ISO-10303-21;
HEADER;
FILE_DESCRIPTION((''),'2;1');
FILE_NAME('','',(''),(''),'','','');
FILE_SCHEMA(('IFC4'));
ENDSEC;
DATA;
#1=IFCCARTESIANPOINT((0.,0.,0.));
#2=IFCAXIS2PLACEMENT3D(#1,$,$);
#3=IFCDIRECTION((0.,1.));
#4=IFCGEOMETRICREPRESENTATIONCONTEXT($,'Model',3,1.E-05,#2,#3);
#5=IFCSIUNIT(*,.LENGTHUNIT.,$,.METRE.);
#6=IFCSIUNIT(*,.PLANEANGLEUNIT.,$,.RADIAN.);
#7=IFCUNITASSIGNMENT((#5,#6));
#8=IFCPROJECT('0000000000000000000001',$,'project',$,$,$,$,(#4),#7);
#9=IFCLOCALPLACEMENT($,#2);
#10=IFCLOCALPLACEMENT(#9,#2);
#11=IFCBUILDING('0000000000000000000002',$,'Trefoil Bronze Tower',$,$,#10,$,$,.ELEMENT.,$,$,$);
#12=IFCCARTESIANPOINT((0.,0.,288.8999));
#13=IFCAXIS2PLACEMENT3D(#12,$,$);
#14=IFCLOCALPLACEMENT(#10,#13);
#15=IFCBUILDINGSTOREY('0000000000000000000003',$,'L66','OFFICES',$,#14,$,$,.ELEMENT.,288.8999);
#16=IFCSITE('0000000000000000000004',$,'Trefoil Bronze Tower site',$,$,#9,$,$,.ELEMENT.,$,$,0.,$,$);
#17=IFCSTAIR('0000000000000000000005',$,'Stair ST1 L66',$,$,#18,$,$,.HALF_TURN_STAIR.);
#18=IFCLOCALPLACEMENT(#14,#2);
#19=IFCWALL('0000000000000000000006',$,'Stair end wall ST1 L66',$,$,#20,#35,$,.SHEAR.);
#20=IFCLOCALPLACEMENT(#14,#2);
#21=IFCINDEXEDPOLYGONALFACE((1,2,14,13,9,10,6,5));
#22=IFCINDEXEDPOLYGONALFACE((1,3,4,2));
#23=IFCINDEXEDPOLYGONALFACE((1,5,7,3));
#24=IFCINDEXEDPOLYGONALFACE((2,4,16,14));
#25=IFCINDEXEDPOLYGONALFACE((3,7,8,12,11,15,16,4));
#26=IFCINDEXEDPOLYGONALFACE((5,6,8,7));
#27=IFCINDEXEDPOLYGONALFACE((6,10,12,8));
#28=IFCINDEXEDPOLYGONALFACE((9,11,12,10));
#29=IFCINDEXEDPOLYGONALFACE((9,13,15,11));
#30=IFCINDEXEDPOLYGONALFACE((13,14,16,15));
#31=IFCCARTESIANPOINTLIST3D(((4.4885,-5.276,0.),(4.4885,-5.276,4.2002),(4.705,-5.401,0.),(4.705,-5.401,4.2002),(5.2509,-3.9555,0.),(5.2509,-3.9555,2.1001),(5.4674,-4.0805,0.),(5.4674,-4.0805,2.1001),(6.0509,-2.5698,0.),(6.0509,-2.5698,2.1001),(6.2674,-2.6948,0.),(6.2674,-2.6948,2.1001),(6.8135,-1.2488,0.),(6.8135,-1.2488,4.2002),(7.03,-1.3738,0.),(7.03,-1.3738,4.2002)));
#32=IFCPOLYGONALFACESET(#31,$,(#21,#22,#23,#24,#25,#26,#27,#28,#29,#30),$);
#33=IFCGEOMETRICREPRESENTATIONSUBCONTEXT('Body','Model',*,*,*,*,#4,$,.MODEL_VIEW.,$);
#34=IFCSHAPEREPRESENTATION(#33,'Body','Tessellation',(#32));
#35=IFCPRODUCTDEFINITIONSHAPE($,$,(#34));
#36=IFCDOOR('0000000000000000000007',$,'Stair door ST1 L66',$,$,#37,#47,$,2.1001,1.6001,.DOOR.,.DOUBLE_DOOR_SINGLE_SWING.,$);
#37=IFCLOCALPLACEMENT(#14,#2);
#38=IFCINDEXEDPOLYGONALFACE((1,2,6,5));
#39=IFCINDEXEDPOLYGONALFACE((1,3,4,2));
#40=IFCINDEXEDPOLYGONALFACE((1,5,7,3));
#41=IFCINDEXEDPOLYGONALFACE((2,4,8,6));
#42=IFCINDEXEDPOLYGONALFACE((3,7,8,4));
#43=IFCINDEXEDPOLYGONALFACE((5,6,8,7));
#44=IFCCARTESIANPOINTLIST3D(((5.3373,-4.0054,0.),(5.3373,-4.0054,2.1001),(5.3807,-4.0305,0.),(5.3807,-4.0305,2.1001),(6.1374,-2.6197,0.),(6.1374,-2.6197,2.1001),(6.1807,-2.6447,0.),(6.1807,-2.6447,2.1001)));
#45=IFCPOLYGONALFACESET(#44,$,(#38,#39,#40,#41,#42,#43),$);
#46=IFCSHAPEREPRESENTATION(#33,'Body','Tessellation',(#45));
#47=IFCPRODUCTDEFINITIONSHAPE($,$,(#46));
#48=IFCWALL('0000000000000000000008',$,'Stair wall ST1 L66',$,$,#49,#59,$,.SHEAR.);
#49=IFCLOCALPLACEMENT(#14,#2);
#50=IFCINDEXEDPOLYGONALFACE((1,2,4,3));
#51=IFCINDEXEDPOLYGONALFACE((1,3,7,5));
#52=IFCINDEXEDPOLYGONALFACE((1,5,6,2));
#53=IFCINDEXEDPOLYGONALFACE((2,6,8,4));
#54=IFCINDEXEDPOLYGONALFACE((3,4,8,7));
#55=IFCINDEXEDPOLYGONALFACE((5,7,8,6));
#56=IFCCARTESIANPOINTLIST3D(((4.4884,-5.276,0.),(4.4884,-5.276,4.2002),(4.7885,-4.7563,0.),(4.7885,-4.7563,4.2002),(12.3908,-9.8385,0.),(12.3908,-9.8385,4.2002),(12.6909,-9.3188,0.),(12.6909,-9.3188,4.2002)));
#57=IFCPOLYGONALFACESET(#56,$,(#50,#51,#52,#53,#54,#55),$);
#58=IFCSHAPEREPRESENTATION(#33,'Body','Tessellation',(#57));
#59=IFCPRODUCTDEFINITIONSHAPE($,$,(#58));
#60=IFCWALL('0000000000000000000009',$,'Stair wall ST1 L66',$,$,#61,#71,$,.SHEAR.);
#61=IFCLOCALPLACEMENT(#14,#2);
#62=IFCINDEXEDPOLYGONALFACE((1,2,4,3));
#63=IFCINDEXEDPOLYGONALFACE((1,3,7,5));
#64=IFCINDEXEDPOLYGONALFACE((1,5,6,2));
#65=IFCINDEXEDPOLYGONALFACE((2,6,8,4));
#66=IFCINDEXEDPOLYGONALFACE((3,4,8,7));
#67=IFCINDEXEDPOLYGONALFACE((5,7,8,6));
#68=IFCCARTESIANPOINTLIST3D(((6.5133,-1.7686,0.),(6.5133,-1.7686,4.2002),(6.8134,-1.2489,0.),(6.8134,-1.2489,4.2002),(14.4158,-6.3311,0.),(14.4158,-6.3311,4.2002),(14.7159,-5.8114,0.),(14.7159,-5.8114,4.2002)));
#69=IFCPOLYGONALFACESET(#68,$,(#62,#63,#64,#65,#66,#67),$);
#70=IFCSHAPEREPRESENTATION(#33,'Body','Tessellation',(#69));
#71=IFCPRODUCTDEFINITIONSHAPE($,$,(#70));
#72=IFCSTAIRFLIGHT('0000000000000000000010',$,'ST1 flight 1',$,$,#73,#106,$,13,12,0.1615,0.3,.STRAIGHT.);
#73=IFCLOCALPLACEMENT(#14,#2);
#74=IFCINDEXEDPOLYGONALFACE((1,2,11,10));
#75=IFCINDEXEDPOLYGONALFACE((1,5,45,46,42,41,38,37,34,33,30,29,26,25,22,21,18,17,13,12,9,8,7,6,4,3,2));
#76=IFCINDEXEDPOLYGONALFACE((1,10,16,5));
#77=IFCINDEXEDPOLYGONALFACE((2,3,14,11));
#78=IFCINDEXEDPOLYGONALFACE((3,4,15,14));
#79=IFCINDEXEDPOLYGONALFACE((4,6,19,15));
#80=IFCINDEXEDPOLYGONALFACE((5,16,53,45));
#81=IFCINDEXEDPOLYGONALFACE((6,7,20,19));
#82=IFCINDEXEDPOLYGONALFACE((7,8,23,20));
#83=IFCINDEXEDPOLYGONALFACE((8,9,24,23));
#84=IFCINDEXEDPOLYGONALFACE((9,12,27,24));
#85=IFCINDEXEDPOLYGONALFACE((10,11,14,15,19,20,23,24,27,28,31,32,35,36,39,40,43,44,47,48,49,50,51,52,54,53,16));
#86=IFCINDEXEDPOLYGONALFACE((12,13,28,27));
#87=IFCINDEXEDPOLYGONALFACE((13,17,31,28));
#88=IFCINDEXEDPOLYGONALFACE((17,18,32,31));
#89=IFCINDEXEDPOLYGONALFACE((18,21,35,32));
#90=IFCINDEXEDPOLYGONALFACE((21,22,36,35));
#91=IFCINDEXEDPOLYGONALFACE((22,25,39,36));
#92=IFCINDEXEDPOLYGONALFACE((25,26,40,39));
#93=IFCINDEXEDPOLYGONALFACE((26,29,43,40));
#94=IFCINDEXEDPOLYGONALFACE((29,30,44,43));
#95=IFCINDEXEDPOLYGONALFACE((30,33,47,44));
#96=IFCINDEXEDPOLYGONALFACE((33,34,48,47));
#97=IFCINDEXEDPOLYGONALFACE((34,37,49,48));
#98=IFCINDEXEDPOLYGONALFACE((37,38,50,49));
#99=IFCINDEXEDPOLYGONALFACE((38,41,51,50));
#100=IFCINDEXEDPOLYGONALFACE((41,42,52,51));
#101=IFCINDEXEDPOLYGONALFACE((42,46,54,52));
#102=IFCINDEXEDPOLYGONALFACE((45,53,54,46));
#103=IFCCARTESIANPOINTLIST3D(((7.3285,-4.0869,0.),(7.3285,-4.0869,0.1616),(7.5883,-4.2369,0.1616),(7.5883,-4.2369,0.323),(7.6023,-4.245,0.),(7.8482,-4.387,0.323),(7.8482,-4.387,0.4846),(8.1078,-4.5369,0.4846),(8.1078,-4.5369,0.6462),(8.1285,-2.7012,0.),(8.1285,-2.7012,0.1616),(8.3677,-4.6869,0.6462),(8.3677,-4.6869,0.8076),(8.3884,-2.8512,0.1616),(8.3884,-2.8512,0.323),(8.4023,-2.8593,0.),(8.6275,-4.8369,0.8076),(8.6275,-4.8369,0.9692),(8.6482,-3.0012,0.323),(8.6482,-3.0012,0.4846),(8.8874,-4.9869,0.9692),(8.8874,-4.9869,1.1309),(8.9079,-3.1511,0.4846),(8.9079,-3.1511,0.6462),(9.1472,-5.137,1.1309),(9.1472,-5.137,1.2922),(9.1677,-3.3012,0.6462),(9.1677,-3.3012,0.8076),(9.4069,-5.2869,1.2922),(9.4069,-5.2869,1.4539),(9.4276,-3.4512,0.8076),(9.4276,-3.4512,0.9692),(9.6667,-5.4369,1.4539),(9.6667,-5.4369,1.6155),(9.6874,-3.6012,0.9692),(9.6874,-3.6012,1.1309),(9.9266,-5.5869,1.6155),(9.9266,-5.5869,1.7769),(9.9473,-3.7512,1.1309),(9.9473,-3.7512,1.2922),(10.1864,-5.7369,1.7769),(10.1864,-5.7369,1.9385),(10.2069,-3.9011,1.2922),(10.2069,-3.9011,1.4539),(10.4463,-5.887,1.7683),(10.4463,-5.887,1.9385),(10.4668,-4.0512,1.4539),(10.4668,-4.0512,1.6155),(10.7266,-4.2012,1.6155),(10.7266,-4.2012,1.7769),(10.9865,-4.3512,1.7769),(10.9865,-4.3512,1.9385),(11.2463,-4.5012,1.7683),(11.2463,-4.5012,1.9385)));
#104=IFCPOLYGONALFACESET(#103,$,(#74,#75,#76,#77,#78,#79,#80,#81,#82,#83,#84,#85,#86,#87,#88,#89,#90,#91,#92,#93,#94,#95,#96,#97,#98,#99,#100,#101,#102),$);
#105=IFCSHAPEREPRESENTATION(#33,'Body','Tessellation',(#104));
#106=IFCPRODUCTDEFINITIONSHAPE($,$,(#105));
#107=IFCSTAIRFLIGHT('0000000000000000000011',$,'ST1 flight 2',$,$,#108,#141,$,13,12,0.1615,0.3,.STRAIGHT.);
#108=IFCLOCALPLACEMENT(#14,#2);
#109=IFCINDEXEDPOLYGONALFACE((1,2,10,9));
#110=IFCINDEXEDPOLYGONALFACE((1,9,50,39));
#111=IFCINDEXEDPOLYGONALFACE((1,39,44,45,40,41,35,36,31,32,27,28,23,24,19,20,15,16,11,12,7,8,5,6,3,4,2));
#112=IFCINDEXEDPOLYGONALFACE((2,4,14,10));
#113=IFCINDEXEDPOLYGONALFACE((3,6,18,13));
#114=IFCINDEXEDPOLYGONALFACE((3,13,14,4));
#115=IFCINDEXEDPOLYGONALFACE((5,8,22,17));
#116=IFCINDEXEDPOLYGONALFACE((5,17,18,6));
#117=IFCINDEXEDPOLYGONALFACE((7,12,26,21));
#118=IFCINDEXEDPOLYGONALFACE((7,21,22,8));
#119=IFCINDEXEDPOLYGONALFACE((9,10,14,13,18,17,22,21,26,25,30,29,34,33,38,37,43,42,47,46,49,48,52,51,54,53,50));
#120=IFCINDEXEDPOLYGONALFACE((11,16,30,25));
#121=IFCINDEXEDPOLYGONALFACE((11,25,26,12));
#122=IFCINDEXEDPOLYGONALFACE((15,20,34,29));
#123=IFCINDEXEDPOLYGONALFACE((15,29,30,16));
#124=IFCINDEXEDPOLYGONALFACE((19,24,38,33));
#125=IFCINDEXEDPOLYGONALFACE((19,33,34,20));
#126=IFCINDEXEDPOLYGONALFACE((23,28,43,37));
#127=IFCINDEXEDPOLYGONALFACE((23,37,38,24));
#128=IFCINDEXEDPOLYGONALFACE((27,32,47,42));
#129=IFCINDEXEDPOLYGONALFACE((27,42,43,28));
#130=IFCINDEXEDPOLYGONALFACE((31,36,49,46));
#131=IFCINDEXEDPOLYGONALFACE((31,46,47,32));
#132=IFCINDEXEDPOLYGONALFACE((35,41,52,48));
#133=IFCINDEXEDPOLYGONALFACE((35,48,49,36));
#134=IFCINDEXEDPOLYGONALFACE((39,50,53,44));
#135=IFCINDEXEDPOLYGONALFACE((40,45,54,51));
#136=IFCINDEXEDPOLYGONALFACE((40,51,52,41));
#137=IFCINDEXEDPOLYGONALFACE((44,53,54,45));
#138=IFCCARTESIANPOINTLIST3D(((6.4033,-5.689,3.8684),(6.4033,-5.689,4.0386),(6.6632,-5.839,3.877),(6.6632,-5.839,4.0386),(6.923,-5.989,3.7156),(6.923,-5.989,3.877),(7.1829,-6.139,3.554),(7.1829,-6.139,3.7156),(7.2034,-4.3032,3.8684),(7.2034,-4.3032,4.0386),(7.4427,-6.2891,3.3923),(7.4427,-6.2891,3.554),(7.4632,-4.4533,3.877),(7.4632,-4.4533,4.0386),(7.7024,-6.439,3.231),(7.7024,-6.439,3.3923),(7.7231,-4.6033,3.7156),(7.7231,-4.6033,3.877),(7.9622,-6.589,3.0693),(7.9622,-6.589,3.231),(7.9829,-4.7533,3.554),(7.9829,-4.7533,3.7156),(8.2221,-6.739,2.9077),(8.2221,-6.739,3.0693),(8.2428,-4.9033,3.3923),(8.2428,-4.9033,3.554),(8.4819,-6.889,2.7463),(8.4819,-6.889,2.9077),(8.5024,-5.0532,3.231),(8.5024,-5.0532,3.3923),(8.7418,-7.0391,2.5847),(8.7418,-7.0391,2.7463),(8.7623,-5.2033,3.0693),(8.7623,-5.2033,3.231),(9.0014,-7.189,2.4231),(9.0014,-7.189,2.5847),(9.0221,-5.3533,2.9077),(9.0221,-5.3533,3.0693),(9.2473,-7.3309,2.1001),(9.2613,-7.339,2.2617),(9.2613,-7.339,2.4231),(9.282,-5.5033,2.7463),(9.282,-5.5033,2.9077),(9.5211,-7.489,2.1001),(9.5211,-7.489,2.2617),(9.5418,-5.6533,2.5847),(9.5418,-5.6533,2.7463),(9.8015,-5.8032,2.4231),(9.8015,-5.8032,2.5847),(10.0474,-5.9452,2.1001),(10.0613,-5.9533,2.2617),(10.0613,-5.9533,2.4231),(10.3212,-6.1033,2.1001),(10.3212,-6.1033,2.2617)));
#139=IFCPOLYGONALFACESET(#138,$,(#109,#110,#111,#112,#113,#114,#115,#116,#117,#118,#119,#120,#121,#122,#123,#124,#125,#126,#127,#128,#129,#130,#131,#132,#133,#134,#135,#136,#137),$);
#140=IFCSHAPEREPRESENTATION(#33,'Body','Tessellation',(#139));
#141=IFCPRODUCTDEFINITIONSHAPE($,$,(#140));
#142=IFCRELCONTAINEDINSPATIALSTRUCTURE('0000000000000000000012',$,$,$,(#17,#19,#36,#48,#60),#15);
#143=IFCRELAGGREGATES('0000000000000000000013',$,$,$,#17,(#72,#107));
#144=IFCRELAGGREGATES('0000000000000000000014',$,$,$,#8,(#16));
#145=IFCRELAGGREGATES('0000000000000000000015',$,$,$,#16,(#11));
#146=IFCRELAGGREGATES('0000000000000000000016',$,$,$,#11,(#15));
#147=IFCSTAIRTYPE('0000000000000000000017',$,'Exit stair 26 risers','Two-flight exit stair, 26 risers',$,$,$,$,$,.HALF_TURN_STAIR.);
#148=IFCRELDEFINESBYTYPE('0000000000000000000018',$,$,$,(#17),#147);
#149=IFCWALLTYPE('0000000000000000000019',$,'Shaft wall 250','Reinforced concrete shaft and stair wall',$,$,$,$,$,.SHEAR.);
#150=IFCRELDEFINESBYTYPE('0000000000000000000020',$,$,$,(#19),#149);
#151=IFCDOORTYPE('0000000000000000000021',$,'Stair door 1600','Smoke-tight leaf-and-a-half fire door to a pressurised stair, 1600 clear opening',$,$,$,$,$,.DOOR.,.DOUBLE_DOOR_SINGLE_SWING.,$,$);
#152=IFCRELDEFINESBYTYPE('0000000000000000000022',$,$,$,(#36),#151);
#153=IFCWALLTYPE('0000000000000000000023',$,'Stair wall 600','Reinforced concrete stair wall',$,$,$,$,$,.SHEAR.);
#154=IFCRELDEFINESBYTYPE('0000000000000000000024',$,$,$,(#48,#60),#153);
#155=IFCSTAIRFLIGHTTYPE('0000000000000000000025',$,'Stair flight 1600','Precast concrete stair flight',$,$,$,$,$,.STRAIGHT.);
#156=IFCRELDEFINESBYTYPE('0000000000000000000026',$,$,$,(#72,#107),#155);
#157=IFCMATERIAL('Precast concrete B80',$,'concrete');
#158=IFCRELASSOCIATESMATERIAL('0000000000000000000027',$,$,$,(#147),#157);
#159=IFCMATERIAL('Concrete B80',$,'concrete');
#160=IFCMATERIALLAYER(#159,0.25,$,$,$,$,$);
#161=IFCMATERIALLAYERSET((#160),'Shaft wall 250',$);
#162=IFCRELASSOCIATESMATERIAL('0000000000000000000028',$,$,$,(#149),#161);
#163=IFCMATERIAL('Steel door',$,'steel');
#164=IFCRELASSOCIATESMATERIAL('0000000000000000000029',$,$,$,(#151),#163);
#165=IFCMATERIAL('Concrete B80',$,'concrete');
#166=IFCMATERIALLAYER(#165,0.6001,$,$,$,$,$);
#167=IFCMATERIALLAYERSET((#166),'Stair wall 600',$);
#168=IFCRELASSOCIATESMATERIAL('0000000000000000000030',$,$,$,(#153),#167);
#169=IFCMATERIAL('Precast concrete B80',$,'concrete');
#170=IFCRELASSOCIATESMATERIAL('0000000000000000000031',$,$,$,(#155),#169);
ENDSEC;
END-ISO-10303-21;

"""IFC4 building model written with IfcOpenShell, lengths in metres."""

from ifc_helpers import new_model, si_unit, direction, frame, frame_2d, origin, place, context, subcontext, project, spatial, polyline, rectangle, outline, extrude, material, layer, layer_set, type_object, element, fill, aggregate, save


model = new_model("IFC4")

# Units and contexts
model_context = context("Model", 3, precision=1e-05, world=origin(), true_north=direction((0.0, 1.0)))
body_context = subcontext(model_context, "Body", "Model", "MODEL_VIEW")
ifc_project = project(units=[si_unit("LENGTHUNIT", "METRE"), si_unit("PLANEANGLEUNIT", "RADIAN")], contexts=[model_context])

# Site, building, storey
site_placement = place(None, origin())
site = spatial("IfcSite", under=ifc_project, at=site_placement, Name="Trefoil Bronze Tower site", CompositionType="ELEMENT", RefElevation=0.0)
building_placement = place(site_placement, origin())
building = spatial("IfcBuilding", under=site, at=building_placement, Name="Trefoil Bronze Tower", CompositionType="ELEMENT")
storey_placement = place(building_placement, frame((0.0, 0.0, 288.8999)))
storey = spatial("IfcBuildingStorey", under=building, at=storey_placement, Name="L66", Description="OFFICES", CompositionType="ELEMENT", Elevation=288.8999)

# Stair
ifc_material_1 = material(Name="Precast concrete B80", Category="concrete")
stair_type = type_object("IfcStairType", Name="Exit stair 26 risers", Description="Two-flight exit stair, 26 risers", PredefinedType="HALF_TURN_STAIR", material=ifc_material_1)
stair_1_placement = place(storey_placement, origin())
stair_1 = element("IfcStair", 1, at=stair_1_placement, inside=storey, type_object=stair_type, Name="Stair ST1 L66", PredefinedType="HALF_TURN_STAIR")

# Wall, opening, door
ifc_material_2 = material(Name="Concrete B80", Category="concrete")
ifc_layer_1 = layer(ifc_material_2, 0.25)
ifc_layer_set_1 = layer_set([ifc_layer_1], Name="Shaft wall 250")
wall_type_1 = type_object("IfcWallType", Name="Shaft wall 250", Description="Reinforced concrete shaft and stair wall", PredefinedType="SHEAR", material=ifc_layer_set_1)
wall_1_placement = place(storey_placement, frame((4.5967, -5.3386, 0.0), z_axis=(0.0, 0.0, 1.0), x_axis=(0.499985, 0.866034, 0.0)))
wall_1 = element("IfcWall", 2, at=wall_1_placement, inside=storey, type_object=wall_type_1, Name="Stair end wall ST1 L66", PredefinedType="SHEAR", context=body_context, shape_type="SweptSolid", body=[
    extrude(rectangle(XDim=4.6501, YDim=0.25, at=frame_2d((2.3252, 0.0))), origin(), (0.0, 0.0, 1.0), 4.2002),
])
opening_1_placement = place(wall_1_placement, frame((1.5249, 0.0, 0.0)))
opening_1 = element("IfcOpeningElement", 3, at=opening_1_placement, cuts=wall_1, PredefinedType="OPENING", context=body_context, shape_type="SweptSolid", body=[
    extrude(rectangle(XDim=1.6001, YDim=2.1001, at=frame_2d((0.8, 1.05))), frame((0.0, 0.135, 0.0), z_axis=(0.0, -1.0, 0.0), x_axis=(1.0, 0.0, 0.0)), (0.0, 0.0, 1.0), 0.27),
])
ifc_material_3 = material(Name="Steel door", Category="steel")
door_type_1 = type_object("IfcDoorType", Name="Stair door 1600", Description="Smoke-tight leaf-and-a-half fire door to a pressurised stair, 1600 clear opening", OperationType="DOUBLE_DOOR_SINGLE_SWING", PredefinedType="DOOR", material=ifc_material_3)
door_1_placement = place(opening_1_placement, frame((1.6001, 0.0, 0.0), z_axis=(0.0, 0.0, 1.0), x_axis=(-1.0, 0.0, 0.0)))
door_1 = element("IfcDoor", 4, at=door_1_placement, inside=storey, type_object=door_type_1, Name="Stair door ST1 L66", OperationType="DOUBLE_DOOR_SINGLE_SWING", OverallHeight=2.1001, OverallWidth=1.6001, PredefinedType="DOOR", context=body_context, shape_type="SweptSolid", body=[
    extrude(rectangle(XDim=1.6001, YDim=2.1001, at=frame_2d((0.8, 1.05))), frame((0.0, 0.0249, 0.0), z_axis=(0.0, -1.0, 0.0), x_axis=(1.0, 0.0, 0.0)), (0.0, 0.0, 1.0), 0.05),
])
fill(opening_1, door_1)

# Walls
ifc_material_4 = material(Name="Concrete B80", Category="concrete")
ifc_layer_2 = layer(ifc_material_4, 0.6001)
ifc_layer_set_2 = layer_set([ifc_layer_2], Name="Stair wall 600")
wall_type_2 = type_object("IfcWallType", Name="Stair wall 600", Description="Reinforced concrete stair wall", PredefinedType="SHEAR", material=ifc_layer_set_2)
for number, where, z_axis, x_axis, name in (
    (5, (4.6384, -5.0161, 0.0), (0.0, 0.0, 1.0), (0.866022, -0.500007, 0.0), "Stair wall ST1 L66"),
    (6, (6.6633, -1.5088, 0.0), (0.0, 0.0, 1.0), (0.866028, -0.499995, 0.0), "Stair wall ST1 L66"),
):
    element("IfcWall", number, at=place(storey_placement, frame(where, z_axis=z_axis, x_axis=x_axis)), inside=storey, type_object=wall_type_2, Name=name, PredefinedType="SHEAR", context=body_context, shape_type="SweptSolid", body=[
        extrude(rectangle(XDim=9.125, YDim=0.6001, at=frame_2d((4.5625, 0.0))), origin(), (0.0, 0.0, 1.0), 4.2002),
    ])

# Stair flights
ifc_material_5 = material(Name="Precast concrete B80", Category="concrete")
stair_flight_type = type_object("IfcStairFlightType", Name="Stair flight 1600", Description="Precast concrete stair flight", PredefinedType="STRAIGHT", material=ifc_material_5)
stair_flight_1_placement = place(storey_placement, frame((7.7285, -3.394, 0.0), z_axis=(0.0, 0.0, 1.0), x_axis=(0.866025, -0.5, 0.0)))
stair_flight_1 = element("IfcStairFlight", 7, at=stair_flight_1_placement, type_object=stair_flight_type, Name="ST1 flight 1", NumberOfRisers=13, NumberOfTreads=12, PredefinedType="STRAIGHT", RiserHeight=0.1615, TreadLength=0.3, context=body_context, shape_type="SweptSolid", body=[
    extrude(outline(polyline([(0.0, 0.0), (0.0, 0.1616), (0.3, 0.1616), (0.3, 0.323), (0.6001, 0.323), (0.6001, 0.4846), (0.8999, 0.4846), (0.8999, 0.6462), (1.2, 0.6462), (1.2, 0.8076), (1.5, 0.8076), (1.5, 0.9692), (1.8, 0.9692), (1.8, 1.1309), (2.1001, 1.1309), (2.1001, 1.2922), (2.3999, 1.2922), (2.3999, 1.4539), (2.7, 1.4539), (2.7, 1.6155), (3.0, 1.6155), (3.0, 1.7769), (3.3, 1.7769), (3.3, 1.9385), (3.6001, 1.9385), (3.6001, 2.1001), (3.6001, 1.7683), (0.3162, 0.0), (0.0, 0.0)])), frame((0.0, 0.8, 0.0), z_axis=(0.0, -1.0, 0.0), x_axis=(1.0, 0.0, 0.0)), (0.0, 0.0, 1.0), 1.6001),
])
stair_flight_2_placement = place(storey_placement, frame((9.9211, -6.7961, 2.1001), z_axis=(0.0, 0.0, 1.0), x_axis=(-0.866025, 0.5, 0.0)))
stair_flight_2 = element("IfcStairFlight", 8, at=stair_flight_2_placement, type_object=stair_flight_type, Name="ST1 flight 2", NumberOfRisers=13, NumberOfTreads=12, PredefinedType="STRAIGHT", RiserHeight=0.1615, TreadLength=0.3, context=body_context, shape_type="SweptSolid", body=[
    extrude(outline(polyline([(0.0, 0.0), (0.0, 0.1616), (0.3, 0.1616), (0.3, 0.323), (0.6001, 0.323), (0.6001, 0.4846), (0.8999, 0.4846), (0.8999, 0.6462), (1.2, 0.6462), (1.2, 0.8076), (1.5, 0.8076), (1.5, 0.9692), (1.8, 0.9692), (1.8, 1.1309), (2.1001, 1.1309), (2.1001, 1.2922), (2.3999, 1.2922), (2.3999, 1.4539), (2.7, 1.4539), (2.7, 1.6155), (3.0, 1.6155), (3.0, 1.7769), (3.3, 1.7769), (3.3, 1.9385), (3.6001, 1.9385), (3.6001, 2.1001), (3.6001, 1.7683), (0.3162, 0.0), (0.0, 0.0)])), frame((0.0, 0.8, 0.0), z_axis=(0.0, -1.0, 0.0), x_axis=(1.0, 0.0, 0.0)), (0.0, 0.0, 1.0), 1.6001),
])
aggregate(stair_1, [stair_flight_1, stair_flight_2])

save(model, "model.ifc")
